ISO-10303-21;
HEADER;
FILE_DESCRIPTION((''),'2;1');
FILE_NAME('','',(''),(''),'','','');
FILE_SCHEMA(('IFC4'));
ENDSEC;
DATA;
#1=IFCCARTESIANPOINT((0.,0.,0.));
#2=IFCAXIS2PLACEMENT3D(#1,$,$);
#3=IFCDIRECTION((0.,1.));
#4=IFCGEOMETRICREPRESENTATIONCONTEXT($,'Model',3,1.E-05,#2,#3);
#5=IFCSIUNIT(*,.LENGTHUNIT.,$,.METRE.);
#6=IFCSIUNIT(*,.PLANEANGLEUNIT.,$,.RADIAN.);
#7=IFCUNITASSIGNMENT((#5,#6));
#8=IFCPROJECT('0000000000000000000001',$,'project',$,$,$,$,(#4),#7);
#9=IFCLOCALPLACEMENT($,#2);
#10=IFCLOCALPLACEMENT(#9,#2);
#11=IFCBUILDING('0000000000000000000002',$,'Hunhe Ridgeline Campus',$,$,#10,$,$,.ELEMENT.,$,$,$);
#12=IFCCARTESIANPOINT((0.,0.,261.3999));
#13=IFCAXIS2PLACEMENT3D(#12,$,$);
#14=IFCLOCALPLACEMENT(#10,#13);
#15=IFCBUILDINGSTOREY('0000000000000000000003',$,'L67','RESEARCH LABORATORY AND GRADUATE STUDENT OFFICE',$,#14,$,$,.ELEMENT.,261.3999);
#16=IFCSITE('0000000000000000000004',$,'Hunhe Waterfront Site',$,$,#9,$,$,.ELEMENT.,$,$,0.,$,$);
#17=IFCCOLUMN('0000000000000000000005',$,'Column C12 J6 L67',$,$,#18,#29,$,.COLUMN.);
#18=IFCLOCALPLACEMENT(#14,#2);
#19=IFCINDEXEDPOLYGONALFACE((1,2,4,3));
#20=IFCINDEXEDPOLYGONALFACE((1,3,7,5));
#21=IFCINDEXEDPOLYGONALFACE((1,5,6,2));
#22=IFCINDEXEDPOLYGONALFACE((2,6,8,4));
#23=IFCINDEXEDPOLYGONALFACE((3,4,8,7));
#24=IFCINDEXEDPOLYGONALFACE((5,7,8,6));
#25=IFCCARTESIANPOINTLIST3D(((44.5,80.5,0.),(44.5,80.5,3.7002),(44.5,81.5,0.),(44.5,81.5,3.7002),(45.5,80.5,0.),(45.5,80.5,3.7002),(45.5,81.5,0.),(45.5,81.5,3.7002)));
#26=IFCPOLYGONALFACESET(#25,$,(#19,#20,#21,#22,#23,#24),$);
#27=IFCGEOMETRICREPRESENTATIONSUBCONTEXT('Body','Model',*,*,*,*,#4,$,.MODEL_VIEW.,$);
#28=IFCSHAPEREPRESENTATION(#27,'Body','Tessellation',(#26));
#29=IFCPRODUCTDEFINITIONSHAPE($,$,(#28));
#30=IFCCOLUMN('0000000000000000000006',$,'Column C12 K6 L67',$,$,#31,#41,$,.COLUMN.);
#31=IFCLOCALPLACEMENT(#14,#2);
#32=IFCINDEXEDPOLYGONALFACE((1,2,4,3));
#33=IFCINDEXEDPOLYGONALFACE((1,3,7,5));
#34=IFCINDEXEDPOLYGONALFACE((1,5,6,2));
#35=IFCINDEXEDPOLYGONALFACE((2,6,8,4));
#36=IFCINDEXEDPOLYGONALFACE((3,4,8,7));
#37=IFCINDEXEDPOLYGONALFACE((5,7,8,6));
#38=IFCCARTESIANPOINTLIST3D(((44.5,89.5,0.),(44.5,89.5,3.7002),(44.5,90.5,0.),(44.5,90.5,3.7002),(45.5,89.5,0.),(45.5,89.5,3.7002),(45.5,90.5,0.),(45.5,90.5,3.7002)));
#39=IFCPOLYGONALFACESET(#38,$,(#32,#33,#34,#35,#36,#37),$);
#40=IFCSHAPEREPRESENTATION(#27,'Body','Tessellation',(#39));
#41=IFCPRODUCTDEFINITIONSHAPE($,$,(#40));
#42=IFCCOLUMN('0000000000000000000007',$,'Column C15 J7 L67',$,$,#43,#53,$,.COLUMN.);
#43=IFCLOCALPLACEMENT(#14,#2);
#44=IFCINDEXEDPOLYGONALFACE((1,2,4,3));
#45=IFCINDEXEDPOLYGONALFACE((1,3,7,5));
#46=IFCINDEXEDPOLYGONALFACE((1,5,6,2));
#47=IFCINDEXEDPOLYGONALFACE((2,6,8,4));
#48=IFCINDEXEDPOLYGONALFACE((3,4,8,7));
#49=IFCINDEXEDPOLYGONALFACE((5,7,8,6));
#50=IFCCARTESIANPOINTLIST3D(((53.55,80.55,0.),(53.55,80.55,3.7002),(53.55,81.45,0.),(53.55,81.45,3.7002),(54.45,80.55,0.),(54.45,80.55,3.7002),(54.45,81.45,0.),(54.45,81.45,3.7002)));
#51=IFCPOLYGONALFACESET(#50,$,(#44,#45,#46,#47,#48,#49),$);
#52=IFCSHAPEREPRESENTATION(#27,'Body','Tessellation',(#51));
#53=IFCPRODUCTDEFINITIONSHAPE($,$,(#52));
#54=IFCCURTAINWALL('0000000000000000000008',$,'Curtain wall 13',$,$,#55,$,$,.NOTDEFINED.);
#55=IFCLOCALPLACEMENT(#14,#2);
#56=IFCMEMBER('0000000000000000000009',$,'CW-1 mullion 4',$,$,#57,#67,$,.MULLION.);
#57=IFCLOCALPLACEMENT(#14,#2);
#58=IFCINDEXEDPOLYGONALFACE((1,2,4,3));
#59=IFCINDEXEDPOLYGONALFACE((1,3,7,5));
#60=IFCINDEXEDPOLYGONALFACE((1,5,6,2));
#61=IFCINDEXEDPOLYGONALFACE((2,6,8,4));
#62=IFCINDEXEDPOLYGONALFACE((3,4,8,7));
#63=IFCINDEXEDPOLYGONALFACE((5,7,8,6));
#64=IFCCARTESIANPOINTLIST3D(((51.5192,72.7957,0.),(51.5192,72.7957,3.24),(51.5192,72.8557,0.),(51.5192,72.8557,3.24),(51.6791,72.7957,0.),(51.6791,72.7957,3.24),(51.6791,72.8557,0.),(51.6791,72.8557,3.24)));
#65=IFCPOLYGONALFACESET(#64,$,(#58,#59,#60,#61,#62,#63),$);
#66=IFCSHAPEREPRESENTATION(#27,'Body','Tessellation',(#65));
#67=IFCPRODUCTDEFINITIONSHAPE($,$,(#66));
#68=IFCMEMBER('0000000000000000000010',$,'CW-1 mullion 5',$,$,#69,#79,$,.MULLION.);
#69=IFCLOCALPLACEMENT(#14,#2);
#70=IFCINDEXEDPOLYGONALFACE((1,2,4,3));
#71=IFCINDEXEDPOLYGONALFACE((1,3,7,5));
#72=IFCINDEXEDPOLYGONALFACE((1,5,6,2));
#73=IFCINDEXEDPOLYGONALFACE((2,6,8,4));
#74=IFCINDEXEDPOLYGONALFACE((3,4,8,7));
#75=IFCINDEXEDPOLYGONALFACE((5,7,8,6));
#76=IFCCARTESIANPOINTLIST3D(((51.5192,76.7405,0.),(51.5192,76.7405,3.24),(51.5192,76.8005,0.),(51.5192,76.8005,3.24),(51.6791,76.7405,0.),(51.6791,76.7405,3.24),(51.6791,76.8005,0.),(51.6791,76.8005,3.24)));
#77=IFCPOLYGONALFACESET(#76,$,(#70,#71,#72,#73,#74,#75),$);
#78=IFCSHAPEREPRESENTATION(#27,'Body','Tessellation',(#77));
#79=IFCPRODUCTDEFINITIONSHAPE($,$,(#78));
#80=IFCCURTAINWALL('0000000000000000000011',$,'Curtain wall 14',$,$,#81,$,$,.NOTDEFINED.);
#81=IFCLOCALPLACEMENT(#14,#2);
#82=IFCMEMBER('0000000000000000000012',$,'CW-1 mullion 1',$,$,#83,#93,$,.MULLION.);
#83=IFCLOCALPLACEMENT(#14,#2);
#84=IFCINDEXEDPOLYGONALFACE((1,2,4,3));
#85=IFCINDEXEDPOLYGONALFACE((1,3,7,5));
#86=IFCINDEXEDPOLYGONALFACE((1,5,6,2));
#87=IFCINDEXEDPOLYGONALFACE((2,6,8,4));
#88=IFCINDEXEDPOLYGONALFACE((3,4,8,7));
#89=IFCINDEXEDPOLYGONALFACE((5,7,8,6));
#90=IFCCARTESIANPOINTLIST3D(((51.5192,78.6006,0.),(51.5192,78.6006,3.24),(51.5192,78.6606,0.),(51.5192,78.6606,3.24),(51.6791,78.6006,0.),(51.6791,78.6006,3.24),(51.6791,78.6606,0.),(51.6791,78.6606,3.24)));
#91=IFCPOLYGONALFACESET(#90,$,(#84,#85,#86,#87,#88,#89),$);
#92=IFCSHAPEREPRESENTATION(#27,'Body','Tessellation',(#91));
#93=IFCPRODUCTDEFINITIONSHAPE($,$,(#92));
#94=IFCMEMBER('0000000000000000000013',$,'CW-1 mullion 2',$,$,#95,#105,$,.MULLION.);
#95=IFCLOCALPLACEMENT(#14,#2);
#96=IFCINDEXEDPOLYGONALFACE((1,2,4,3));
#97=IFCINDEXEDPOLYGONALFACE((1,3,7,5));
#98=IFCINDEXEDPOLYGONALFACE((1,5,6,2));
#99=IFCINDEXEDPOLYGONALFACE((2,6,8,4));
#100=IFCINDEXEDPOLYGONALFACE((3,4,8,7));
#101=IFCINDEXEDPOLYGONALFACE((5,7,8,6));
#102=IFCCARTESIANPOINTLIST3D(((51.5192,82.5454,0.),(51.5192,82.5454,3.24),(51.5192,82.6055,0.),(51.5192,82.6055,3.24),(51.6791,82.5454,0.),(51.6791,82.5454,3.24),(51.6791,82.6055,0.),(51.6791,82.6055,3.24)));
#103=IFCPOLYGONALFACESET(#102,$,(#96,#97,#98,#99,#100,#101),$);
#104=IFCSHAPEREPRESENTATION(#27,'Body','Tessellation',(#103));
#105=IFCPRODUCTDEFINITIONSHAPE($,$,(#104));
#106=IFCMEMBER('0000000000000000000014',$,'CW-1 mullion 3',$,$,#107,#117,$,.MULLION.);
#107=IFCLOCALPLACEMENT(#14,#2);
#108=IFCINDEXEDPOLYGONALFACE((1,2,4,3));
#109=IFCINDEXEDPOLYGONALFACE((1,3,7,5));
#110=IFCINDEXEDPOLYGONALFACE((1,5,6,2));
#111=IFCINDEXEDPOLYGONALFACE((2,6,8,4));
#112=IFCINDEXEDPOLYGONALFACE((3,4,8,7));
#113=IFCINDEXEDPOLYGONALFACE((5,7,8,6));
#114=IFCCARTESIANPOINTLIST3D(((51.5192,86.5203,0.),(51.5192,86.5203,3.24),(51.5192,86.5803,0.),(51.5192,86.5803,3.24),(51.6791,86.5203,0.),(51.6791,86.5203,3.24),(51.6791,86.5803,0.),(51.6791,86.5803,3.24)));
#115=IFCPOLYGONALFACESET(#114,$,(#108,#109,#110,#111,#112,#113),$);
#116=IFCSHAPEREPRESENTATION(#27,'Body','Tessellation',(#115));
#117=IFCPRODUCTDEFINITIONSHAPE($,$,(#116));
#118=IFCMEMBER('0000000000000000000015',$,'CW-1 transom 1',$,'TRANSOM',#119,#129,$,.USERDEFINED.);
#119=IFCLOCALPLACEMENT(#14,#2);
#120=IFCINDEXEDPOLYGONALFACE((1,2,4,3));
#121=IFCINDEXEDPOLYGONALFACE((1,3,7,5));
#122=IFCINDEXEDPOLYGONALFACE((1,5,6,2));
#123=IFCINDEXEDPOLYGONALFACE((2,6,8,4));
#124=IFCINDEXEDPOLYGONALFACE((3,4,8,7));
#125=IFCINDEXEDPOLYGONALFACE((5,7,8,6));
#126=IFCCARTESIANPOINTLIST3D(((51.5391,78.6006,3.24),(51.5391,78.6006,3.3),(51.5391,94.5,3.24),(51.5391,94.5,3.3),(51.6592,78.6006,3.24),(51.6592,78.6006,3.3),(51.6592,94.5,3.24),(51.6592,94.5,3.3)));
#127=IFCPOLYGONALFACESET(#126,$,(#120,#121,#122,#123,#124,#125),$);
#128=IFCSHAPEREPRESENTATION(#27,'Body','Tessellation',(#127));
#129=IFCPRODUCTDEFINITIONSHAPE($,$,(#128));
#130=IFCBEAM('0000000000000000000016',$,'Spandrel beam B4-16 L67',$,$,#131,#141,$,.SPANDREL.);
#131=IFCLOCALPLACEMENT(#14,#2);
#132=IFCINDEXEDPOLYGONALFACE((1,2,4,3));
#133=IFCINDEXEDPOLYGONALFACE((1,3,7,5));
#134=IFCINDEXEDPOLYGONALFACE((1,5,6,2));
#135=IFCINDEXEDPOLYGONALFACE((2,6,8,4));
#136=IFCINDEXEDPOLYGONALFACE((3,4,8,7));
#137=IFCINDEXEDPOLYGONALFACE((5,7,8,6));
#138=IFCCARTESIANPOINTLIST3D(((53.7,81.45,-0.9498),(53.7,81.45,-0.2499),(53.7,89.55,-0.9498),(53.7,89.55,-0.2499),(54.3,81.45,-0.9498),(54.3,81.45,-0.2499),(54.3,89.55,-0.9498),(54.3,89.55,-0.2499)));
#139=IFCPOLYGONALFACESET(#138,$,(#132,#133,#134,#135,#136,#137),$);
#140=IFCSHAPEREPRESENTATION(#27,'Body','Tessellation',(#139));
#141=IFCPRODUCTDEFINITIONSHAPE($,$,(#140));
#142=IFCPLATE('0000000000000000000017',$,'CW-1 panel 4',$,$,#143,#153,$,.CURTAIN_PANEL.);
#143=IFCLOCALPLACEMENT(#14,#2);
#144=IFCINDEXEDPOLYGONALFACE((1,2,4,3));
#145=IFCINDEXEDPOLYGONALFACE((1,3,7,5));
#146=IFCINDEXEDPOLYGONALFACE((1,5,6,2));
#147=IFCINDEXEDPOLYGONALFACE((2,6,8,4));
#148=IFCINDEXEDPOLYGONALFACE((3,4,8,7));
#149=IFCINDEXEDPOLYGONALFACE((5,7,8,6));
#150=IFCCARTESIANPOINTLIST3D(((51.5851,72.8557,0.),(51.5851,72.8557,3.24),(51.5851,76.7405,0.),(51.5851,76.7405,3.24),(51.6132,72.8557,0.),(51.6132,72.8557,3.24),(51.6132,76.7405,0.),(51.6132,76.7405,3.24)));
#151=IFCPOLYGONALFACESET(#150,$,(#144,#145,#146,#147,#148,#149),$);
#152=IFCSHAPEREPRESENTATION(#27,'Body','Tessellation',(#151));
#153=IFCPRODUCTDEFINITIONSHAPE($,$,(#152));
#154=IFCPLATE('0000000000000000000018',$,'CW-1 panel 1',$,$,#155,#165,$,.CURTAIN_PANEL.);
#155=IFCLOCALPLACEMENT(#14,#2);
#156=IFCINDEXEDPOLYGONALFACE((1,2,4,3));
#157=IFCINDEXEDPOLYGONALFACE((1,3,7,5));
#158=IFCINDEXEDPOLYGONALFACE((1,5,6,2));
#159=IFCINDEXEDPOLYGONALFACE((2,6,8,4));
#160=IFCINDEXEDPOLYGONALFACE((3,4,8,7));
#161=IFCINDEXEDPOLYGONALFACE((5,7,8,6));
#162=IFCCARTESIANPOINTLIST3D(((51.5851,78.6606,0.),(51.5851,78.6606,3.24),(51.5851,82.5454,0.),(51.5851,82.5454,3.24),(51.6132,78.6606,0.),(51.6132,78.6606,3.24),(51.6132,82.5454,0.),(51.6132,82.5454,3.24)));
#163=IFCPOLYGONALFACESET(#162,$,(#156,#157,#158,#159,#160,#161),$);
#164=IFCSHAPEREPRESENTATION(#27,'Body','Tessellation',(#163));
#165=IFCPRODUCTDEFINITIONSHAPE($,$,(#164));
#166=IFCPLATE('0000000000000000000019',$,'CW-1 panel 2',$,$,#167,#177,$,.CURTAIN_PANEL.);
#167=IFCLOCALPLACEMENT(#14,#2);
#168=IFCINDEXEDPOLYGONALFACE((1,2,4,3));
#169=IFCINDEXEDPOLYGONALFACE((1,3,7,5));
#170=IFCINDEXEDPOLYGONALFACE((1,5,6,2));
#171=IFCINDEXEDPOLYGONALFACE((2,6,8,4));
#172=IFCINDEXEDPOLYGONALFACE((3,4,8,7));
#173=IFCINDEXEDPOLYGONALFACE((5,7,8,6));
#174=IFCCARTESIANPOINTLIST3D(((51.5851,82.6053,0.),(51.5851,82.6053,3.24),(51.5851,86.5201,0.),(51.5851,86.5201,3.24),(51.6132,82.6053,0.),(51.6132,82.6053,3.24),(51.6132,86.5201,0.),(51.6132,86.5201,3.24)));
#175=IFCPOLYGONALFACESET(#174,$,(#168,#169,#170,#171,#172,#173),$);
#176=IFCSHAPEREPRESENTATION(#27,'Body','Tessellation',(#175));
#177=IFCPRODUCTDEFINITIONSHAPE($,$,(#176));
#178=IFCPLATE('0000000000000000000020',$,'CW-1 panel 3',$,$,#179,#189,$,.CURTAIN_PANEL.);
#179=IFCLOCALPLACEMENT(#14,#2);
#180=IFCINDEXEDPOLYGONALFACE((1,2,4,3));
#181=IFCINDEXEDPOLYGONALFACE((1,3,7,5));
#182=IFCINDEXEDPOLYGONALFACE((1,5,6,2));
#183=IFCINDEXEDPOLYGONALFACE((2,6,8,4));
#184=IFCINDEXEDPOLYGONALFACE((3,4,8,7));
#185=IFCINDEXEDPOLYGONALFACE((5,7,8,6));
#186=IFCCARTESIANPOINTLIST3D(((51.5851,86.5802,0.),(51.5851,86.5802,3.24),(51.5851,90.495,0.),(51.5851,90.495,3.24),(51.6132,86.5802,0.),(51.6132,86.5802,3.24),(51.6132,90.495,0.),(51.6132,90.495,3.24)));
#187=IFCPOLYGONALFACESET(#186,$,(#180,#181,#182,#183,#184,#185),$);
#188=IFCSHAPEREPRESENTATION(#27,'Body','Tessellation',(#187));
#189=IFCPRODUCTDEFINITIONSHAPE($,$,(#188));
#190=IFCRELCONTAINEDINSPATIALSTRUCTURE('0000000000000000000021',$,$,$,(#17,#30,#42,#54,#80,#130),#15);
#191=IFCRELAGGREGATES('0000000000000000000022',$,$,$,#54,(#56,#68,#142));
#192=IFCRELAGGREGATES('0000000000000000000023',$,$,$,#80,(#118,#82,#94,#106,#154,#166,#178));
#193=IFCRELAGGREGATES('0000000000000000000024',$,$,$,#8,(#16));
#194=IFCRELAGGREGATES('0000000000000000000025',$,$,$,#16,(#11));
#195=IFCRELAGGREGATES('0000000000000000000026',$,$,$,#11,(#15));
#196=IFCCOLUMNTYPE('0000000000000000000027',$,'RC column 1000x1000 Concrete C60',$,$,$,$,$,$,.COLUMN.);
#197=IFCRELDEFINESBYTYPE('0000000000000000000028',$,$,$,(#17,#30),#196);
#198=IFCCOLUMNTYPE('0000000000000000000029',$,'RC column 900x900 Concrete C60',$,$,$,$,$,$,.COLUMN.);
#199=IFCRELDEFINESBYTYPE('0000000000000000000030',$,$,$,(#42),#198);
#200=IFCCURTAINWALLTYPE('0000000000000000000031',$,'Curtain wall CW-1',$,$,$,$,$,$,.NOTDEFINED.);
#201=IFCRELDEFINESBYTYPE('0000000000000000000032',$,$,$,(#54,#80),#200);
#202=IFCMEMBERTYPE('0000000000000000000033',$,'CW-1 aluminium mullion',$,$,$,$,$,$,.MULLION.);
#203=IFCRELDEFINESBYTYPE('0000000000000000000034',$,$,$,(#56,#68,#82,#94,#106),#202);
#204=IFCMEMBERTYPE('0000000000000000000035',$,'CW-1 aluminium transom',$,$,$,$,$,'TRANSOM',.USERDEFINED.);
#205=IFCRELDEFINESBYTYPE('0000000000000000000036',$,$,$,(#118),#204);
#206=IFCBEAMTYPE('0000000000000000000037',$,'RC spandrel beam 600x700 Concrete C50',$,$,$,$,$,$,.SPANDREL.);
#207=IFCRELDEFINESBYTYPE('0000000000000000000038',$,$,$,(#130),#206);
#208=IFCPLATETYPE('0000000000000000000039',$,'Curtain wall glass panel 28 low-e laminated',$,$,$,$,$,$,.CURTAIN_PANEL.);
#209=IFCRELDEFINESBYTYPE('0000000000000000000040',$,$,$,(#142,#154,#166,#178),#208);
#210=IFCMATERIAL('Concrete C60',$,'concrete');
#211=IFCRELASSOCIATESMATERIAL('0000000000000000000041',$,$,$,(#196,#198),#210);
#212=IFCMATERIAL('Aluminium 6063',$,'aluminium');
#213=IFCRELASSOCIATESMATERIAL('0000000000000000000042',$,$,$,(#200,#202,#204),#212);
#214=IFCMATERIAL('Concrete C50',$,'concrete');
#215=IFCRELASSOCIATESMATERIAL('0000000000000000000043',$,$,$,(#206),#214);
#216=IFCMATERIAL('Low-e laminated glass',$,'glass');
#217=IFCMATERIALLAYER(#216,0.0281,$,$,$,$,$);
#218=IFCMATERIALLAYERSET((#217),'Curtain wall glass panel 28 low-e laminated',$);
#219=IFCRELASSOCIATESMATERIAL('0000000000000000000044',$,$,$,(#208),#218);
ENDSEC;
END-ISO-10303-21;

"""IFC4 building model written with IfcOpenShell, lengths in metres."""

from ifc_helpers import new_model, si_unit, direction, frame, origin, origin_2d, place, context, subcontext, project, spatial, rectangle, extrude, material, layer, layer_set, material_profile, profile_set, type_object, element, aggregate, save


model = new_model("IFC4")

# Units and contexts
model_context = context("Model", 3, precision=1e-05, world=origin(), true_north=direction((0.0, 1.0)))
body_context = subcontext(model_context, "Body", "Model", "MODEL_VIEW")
ifc_project = project(units=[si_unit("LENGTHUNIT", "METRE"), si_unit("PLANEANGLEUNIT", "RADIAN")], contexts=[model_context])

# Site, building, storey
site_placement = place(None, origin())
site = spatial("IfcSite", under=ifc_project, at=site_placement, Name="Hunhe Waterfront Site", CompositionType="ELEMENT", RefElevation=0.0)
building_placement = place(site_placement, origin())
building = spatial("IfcBuilding", under=site, at=building_placement, Name="Hunhe Ridgeline Campus", CompositionType="ELEMENT")
storey_placement = place(building_placement, frame((0.0, 0.0, 261.3999)))
storey = spatial("IfcBuildingStorey", under=building, at=storey_placement, Name="L67", Description="RESEARCH LABORATORY AND GRADUATE STUDENT OFFICE", CompositionType="ELEMENT", Elevation=261.3999)

# Columns
ifc_material_1 = material(Name="Concrete C60", Category="concrete")
ifc_material_profile_1 = material_profile(ifc_material_1, rectangle(XDim=1.0, YDim=1.0, at=origin_2d()))
ifc_profile_set_1 = profile_set([ifc_material_profile_1], Name="Concrete C60")
column_type_1 = type_object("IfcColumnType", Name="RC column 1000x1000 Concrete C60", PredefinedType="COLUMN", material=ifc_profile_set_1)
for number, where, z_axis, x_axis, name in (
    (1, (45.0, 81.0, 0.0), (0.0, 0.0, 1.0), (1.0, 0.0, 0.0), "Column C12 J6 L67"),
    (2, (45.0, 90.0, 0.0), (0.0, 0.0, 1.0), (1.0, 0.0, 0.0), "Column C12 K6 L67"),
):
    element("IfcColumn", number, at=place(storey_placement, frame(where, z_axis=z_axis, x_axis=x_axis)), inside=storey, type_object=column_type_1, Name=name, PredefinedType="COLUMN", context=body_context, shape_type="SweptSolid", body=[
        extrude(rectangle(XDim=1.0, YDim=1.0, at=origin_2d()), origin(), (0.0, 0.0, 1.0), 3.7002),
    ])
ifc_material_profile_2 = material_profile(ifc_material_1, rectangle(XDim=0.8999, YDim=0.8999, at=origin_2d()))
ifc_profile_set_2 = profile_set([ifc_material_profile_2], Name="Concrete C60")
column_type_2 = type_object("IfcColumnType", Name="RC column 900x900 Concrete C60", PredefinedType="COLUMN", material=ifc_profile_set_2)
column_placement = place(storey_placement, frame((54.0, 81.0, 0.0), z_axis=(0.0, 0.0, 1.0), x_axis=(1.0, 0.0, 0.0)))
element("IfcColumn", 3, at=column_placement, inside=storey, type_object=column_type_2, Name="Column C15 J7 L67", PredefinedType="COLUMN", context=body_context, shape_type="SweptSolid", body=[
    extrude(rectangle(XDim=0.8999, YDim=0.8999, at=origin_2d()), origin(), (0.0, 0.0, 1.0), 3.7002),
])

# Curtain walls, members
ifc_material_2 = material(Name="Aluminium 6063", Category="aluminium")
curtain_wall_type = type_object("IfcCurtainWallType", Name="Curtain wall CW-1", PredefinedType="NOTDEFINED", material=ifc_material_2)
curtain_wall_1_placement = place(storey_placement, origin())
curtain_wall_1 = element("IfcCurtainWall", 4, at=curtain_wall_1_placement, inside=storey, type_object=curtain_wall_type, Name="Curtain wall 13", PredefinedType="NOTDEFINED")
ifc_material_profile_3 = material_profile(ifc_material_2, rectangle(XDim=0.1599, YDim=0.0601, at=origin_2d()))
ifc_profile_set_3 = profile_set([ifc_material_profile_3], Name="Aluminium 6063")
member_type_1 = type_object("IfcMemberType", Name="CW-1 aluminium mullion", PredefinedType="MULLION", material=ifc_profile_set_3)
member_1_placement = place(storey_placement, frame((51.5991, 72.8257, 0.0), z_axis=(0.0, 0.0, 1.0), x_axis=(-1.0, 0.0, 0.0)))
member_1 = element("IfcMember", 5, at=member_1_placement, type_object=member_type_1, Name="CW-1 mullion 4", PredefinedType="MULLION", context=body_context, shape_type="SweptSolid", body=[
    extrude(rectangle(XDim=0.1599, YDim=0.0601, at=origin_2d()), origin(), (0.0, 0.0, 1.0), 3.24),
])
member_2_placement = place(storey_placement, frame((51.5991, 76.7705, 0.0), z_axis=(0.0, 0.0, 1.0), x_axis=(-1.0, 0.0, 0.0)))
member_2 = element("IfcMember", 6, at=member_2_placement, type_object=member_type_1, Name="CW-1 mullion 5", PredefinedType="MULLION", context=body_context, shape_type="SweptSolid", body=[
    extrude(rectangle(XDim=0.1599, YDim=0.0601, at=origin_2d()), origin(), (0.0, 0.0, 1.0), 3.24),
])
curtain_wall_2_placement = place(storey_placement, origin())
curtain_wall_2 = element("IfcCurtainWall", 7, at=curtain_wall_2_placement, inside=storey, type_object=curtain_wall_type, Name="Curtain wall 14", PredefinedType="NOTDEFINED")
member_3_placement = place(storey_placement, frame((51.5991, 78.6306, 0.0), z_axis=(0.0, 0.0, 1.0), x_axis=(-1.0, 0.0, 0.0)))
member_3 = element("IfcMember", 8, at=member_3_placement, type_object=member_type_1, Name="CW-1 mullion 1", PredefinedType="MULLION", context=body_context, shape_type="SweptSolid", body=[
    extrude(rectangle(XDim=0.1599, YDim=0.0601, at=origin_2d()), origin(), (0.0, 0.0, 1.0), 3.24),
])
member_4_placement = place(storey_placement, frame((51.5991, 82.5754, 0.0), z_axis=(0.0, 0.0, 1.0), x_axis=(-1.0, 0.0, 0.0)))
member_4 = element("IfcMember", 9, at=member_4_placement, type_object=member_type_1, Name="CW-1 mullion 2", PredefinedType="MULLION", context=body_context, shape_type="SweptSolid", body=[
    extrude(rectangle(XDim=0.1599, YDim=0.0601, at=origin_2d()), origin(), (0.0, 0.0, 1.0), 3.24),
])
member_5_placement = place(storey_placement, frame((51.5991, 86.5503, 0.0), z_axis=(0.0, 0.0, 1.0), x_axis=(-1.0, 0.0, 0.0)))
member_5 = element("IfcMember", 10, at=member_5_placement, type_object=member_type_1, Name="CW-1 mullion 3", PredefinedType="MULLION", context=body_context, shape_type="SweptSolid", body=[
    extrude(rectangle(XDim=0.1599, YDim=0.0601, at=origin_2d()), origin(), (0.0, 0.0, 1.0), 3.24),
])
ifc_material_profile_4 = material_profile(ifc_material_2, rectangle(XDim=0.1201, YDim=0.0601, at=origin_2d()))
ifc_profile_set_4 = profile_set([ifc_material_profile_4], Name="Aluminium 6063")
member_type_2 = type_object("IfcMemberType", Name="CW-1 aluminium transom", ElementType="TRANSOM", PredefinedType="USERDEFINED", material=ifc_profile_set_4)
member_6_placement = place(storey_placement, frame((51.5991, 78.6006, 3.27), z_axis=(0.0, 1.0, 0.0), x_axis=(-1.0, 0.0, 0.0)))
member_6 = element("IfcMember", 11, at=member_6_placement, type_object=member_type_2, Name="CW-1 transom 1", ObjectType="TRANSOM", PredefinedType="USERDEFINED", context=body_context, shape_type="SweptSolid", body=[
    extrude(rectangle(XDim=0.1201, YDim=0.0601, at=origin_2d()), origin(), (0.0, 0.0, 1.0), 15.8994),
])

# Beam
ifc_material_3 = material(Name="Concrete C50", Category="concrete")
ifc_material_profile_5 = material_profile(ifc_material_3, rectangle(XDim=0.6001, YDim=0.7, at=origin_2d()))
ifc_profile_set_5 = profile_set([ifc_material_profile_5], Name="Concrete C50")
beam_type = type_object("IfcBeamType", Name="RC spandrel beam 600x700 Concrete C50", PredefinedType="SPANDREL", material=ifc_profile_set_5)
beam_placement = place(storey_placement, frame((54.0, 81.45, -0.5999), z_axis=(0.0, 1.0, 0.0), x_axis=(-1.0, 0.0, 0.0)))
element("IfcBeam", 12, at=beam_placement, inside=storey, type_object=beam_type, Name="Spandrel beam B4-16 L67", PredefinedType="SPANDREL", context=body_context, shape_type="SweptSolid", body=[
    extrude(rectangle(XDim=0.6001, YDim=0.7, at=origin_2d()), origin(), (0.0, 0.0, 1.0), 8.1001),
])

# Plates
ifc_material_4 = material(Name="Low-e laminated glass", Category="glass")
ifc_layer_1 = layer(ifc_material_4, 0.0281)
ifc_layer_set_1 = layer_set([ifc_layer_1], Name="Curtain wall glass panel 28 low-e laminated")
plate_type = type_object("IfcPlateType", Name="Curtain wall glass panel 28 low-e laminated", PredefinedType="CURTAIN_PANEL", material=ifc_layer_set_1)
plate_1_placement = place(storey_placement, frame((51.5991, 74.7981, 0.0), z_axis=(0.0, 0.0, 1.0), x_axis=(0.0, 1.0, 0.0)))
plate_1 = element("IfcPlate", 13, at=plate_1_placement, type_object=plate_type, Name="CW-1 panel 4", PredefinedType="CURTAIN_PANEL", context=body_context, shape_type="SweptSolid", body=[
    extrude(rectangle(XDim=3.8848, YDim=0.0281, at=origin_2d()), origin(), (0.0, 0.0, 1.0), 3.24),
])
aggregate(curtain_wall_1, [member_1, member_2, plate_1])
plate_2_placement = place(storey_placement, frame((51.5991, 80.603, 0.0), z_axis=(0.0, 0.0, 1.0), x_axis=(0.0, 1.0, 0.0)))
plate_2 = element("IfcPlate", 14, at=plate_2_placement, type_object=plate_type, Name="CW-1 panel 1", PredefinedType="CURTAIN_PANEL", context=body_context, shape_type="SweptSolid", body=[
    extrude(rectangle(XDim=3.8848, YDim=0.0281, at=origin_2d()), origin(), (0.0, 0.0, 1.0), 3.24),
])
plate_3_placement = place(storey_placement, frame((51.5991, 84.5627, 0.0), z_axis=(0.0, 0.0, 1.0), x_axis=(0.0, 1.0, 0.0)))
plate_3 = element("IfcPlate", 15, at=plate_3_placement, type_object=plate_type, Name="CW-1 panel 2", PredefinedType="CURTAIN_PANEL", context=body_context, shape_type="SweptSolid", body=[
    extrude(rectangle(XDim=3.9148, YDim=0.0281, at=origin_2d()), origin(), (0.0, 0.0, 1.0), 3.24),
])
plate_4_placement = place(storey_placement, frame((51.5991, 88.5376, 0.0), z_axis=(0.0, 0.0, 1.0), x_axis=(0.0, 1.0, 0.0)))
plate_4 = element("IfcPlate", 16, at=plate_4_placement, type_object=plate_type, Name="CW-1 panel 3", PredefinedType="CURTAIN_PANEL", context=body_context, shape_type="SweptSolid", body=[
    extrude(rectangle(XDim=3.9148, YDim=0.0281, at=origin_2d()), origin(), (0.0, 0.0, 1.0), 3.24),
])
aggregate(curtain_wall_2, [member_6, member_3, member_4, member_5, plate_2, plate_3, plate_4])

save(model, "model.ifc")
